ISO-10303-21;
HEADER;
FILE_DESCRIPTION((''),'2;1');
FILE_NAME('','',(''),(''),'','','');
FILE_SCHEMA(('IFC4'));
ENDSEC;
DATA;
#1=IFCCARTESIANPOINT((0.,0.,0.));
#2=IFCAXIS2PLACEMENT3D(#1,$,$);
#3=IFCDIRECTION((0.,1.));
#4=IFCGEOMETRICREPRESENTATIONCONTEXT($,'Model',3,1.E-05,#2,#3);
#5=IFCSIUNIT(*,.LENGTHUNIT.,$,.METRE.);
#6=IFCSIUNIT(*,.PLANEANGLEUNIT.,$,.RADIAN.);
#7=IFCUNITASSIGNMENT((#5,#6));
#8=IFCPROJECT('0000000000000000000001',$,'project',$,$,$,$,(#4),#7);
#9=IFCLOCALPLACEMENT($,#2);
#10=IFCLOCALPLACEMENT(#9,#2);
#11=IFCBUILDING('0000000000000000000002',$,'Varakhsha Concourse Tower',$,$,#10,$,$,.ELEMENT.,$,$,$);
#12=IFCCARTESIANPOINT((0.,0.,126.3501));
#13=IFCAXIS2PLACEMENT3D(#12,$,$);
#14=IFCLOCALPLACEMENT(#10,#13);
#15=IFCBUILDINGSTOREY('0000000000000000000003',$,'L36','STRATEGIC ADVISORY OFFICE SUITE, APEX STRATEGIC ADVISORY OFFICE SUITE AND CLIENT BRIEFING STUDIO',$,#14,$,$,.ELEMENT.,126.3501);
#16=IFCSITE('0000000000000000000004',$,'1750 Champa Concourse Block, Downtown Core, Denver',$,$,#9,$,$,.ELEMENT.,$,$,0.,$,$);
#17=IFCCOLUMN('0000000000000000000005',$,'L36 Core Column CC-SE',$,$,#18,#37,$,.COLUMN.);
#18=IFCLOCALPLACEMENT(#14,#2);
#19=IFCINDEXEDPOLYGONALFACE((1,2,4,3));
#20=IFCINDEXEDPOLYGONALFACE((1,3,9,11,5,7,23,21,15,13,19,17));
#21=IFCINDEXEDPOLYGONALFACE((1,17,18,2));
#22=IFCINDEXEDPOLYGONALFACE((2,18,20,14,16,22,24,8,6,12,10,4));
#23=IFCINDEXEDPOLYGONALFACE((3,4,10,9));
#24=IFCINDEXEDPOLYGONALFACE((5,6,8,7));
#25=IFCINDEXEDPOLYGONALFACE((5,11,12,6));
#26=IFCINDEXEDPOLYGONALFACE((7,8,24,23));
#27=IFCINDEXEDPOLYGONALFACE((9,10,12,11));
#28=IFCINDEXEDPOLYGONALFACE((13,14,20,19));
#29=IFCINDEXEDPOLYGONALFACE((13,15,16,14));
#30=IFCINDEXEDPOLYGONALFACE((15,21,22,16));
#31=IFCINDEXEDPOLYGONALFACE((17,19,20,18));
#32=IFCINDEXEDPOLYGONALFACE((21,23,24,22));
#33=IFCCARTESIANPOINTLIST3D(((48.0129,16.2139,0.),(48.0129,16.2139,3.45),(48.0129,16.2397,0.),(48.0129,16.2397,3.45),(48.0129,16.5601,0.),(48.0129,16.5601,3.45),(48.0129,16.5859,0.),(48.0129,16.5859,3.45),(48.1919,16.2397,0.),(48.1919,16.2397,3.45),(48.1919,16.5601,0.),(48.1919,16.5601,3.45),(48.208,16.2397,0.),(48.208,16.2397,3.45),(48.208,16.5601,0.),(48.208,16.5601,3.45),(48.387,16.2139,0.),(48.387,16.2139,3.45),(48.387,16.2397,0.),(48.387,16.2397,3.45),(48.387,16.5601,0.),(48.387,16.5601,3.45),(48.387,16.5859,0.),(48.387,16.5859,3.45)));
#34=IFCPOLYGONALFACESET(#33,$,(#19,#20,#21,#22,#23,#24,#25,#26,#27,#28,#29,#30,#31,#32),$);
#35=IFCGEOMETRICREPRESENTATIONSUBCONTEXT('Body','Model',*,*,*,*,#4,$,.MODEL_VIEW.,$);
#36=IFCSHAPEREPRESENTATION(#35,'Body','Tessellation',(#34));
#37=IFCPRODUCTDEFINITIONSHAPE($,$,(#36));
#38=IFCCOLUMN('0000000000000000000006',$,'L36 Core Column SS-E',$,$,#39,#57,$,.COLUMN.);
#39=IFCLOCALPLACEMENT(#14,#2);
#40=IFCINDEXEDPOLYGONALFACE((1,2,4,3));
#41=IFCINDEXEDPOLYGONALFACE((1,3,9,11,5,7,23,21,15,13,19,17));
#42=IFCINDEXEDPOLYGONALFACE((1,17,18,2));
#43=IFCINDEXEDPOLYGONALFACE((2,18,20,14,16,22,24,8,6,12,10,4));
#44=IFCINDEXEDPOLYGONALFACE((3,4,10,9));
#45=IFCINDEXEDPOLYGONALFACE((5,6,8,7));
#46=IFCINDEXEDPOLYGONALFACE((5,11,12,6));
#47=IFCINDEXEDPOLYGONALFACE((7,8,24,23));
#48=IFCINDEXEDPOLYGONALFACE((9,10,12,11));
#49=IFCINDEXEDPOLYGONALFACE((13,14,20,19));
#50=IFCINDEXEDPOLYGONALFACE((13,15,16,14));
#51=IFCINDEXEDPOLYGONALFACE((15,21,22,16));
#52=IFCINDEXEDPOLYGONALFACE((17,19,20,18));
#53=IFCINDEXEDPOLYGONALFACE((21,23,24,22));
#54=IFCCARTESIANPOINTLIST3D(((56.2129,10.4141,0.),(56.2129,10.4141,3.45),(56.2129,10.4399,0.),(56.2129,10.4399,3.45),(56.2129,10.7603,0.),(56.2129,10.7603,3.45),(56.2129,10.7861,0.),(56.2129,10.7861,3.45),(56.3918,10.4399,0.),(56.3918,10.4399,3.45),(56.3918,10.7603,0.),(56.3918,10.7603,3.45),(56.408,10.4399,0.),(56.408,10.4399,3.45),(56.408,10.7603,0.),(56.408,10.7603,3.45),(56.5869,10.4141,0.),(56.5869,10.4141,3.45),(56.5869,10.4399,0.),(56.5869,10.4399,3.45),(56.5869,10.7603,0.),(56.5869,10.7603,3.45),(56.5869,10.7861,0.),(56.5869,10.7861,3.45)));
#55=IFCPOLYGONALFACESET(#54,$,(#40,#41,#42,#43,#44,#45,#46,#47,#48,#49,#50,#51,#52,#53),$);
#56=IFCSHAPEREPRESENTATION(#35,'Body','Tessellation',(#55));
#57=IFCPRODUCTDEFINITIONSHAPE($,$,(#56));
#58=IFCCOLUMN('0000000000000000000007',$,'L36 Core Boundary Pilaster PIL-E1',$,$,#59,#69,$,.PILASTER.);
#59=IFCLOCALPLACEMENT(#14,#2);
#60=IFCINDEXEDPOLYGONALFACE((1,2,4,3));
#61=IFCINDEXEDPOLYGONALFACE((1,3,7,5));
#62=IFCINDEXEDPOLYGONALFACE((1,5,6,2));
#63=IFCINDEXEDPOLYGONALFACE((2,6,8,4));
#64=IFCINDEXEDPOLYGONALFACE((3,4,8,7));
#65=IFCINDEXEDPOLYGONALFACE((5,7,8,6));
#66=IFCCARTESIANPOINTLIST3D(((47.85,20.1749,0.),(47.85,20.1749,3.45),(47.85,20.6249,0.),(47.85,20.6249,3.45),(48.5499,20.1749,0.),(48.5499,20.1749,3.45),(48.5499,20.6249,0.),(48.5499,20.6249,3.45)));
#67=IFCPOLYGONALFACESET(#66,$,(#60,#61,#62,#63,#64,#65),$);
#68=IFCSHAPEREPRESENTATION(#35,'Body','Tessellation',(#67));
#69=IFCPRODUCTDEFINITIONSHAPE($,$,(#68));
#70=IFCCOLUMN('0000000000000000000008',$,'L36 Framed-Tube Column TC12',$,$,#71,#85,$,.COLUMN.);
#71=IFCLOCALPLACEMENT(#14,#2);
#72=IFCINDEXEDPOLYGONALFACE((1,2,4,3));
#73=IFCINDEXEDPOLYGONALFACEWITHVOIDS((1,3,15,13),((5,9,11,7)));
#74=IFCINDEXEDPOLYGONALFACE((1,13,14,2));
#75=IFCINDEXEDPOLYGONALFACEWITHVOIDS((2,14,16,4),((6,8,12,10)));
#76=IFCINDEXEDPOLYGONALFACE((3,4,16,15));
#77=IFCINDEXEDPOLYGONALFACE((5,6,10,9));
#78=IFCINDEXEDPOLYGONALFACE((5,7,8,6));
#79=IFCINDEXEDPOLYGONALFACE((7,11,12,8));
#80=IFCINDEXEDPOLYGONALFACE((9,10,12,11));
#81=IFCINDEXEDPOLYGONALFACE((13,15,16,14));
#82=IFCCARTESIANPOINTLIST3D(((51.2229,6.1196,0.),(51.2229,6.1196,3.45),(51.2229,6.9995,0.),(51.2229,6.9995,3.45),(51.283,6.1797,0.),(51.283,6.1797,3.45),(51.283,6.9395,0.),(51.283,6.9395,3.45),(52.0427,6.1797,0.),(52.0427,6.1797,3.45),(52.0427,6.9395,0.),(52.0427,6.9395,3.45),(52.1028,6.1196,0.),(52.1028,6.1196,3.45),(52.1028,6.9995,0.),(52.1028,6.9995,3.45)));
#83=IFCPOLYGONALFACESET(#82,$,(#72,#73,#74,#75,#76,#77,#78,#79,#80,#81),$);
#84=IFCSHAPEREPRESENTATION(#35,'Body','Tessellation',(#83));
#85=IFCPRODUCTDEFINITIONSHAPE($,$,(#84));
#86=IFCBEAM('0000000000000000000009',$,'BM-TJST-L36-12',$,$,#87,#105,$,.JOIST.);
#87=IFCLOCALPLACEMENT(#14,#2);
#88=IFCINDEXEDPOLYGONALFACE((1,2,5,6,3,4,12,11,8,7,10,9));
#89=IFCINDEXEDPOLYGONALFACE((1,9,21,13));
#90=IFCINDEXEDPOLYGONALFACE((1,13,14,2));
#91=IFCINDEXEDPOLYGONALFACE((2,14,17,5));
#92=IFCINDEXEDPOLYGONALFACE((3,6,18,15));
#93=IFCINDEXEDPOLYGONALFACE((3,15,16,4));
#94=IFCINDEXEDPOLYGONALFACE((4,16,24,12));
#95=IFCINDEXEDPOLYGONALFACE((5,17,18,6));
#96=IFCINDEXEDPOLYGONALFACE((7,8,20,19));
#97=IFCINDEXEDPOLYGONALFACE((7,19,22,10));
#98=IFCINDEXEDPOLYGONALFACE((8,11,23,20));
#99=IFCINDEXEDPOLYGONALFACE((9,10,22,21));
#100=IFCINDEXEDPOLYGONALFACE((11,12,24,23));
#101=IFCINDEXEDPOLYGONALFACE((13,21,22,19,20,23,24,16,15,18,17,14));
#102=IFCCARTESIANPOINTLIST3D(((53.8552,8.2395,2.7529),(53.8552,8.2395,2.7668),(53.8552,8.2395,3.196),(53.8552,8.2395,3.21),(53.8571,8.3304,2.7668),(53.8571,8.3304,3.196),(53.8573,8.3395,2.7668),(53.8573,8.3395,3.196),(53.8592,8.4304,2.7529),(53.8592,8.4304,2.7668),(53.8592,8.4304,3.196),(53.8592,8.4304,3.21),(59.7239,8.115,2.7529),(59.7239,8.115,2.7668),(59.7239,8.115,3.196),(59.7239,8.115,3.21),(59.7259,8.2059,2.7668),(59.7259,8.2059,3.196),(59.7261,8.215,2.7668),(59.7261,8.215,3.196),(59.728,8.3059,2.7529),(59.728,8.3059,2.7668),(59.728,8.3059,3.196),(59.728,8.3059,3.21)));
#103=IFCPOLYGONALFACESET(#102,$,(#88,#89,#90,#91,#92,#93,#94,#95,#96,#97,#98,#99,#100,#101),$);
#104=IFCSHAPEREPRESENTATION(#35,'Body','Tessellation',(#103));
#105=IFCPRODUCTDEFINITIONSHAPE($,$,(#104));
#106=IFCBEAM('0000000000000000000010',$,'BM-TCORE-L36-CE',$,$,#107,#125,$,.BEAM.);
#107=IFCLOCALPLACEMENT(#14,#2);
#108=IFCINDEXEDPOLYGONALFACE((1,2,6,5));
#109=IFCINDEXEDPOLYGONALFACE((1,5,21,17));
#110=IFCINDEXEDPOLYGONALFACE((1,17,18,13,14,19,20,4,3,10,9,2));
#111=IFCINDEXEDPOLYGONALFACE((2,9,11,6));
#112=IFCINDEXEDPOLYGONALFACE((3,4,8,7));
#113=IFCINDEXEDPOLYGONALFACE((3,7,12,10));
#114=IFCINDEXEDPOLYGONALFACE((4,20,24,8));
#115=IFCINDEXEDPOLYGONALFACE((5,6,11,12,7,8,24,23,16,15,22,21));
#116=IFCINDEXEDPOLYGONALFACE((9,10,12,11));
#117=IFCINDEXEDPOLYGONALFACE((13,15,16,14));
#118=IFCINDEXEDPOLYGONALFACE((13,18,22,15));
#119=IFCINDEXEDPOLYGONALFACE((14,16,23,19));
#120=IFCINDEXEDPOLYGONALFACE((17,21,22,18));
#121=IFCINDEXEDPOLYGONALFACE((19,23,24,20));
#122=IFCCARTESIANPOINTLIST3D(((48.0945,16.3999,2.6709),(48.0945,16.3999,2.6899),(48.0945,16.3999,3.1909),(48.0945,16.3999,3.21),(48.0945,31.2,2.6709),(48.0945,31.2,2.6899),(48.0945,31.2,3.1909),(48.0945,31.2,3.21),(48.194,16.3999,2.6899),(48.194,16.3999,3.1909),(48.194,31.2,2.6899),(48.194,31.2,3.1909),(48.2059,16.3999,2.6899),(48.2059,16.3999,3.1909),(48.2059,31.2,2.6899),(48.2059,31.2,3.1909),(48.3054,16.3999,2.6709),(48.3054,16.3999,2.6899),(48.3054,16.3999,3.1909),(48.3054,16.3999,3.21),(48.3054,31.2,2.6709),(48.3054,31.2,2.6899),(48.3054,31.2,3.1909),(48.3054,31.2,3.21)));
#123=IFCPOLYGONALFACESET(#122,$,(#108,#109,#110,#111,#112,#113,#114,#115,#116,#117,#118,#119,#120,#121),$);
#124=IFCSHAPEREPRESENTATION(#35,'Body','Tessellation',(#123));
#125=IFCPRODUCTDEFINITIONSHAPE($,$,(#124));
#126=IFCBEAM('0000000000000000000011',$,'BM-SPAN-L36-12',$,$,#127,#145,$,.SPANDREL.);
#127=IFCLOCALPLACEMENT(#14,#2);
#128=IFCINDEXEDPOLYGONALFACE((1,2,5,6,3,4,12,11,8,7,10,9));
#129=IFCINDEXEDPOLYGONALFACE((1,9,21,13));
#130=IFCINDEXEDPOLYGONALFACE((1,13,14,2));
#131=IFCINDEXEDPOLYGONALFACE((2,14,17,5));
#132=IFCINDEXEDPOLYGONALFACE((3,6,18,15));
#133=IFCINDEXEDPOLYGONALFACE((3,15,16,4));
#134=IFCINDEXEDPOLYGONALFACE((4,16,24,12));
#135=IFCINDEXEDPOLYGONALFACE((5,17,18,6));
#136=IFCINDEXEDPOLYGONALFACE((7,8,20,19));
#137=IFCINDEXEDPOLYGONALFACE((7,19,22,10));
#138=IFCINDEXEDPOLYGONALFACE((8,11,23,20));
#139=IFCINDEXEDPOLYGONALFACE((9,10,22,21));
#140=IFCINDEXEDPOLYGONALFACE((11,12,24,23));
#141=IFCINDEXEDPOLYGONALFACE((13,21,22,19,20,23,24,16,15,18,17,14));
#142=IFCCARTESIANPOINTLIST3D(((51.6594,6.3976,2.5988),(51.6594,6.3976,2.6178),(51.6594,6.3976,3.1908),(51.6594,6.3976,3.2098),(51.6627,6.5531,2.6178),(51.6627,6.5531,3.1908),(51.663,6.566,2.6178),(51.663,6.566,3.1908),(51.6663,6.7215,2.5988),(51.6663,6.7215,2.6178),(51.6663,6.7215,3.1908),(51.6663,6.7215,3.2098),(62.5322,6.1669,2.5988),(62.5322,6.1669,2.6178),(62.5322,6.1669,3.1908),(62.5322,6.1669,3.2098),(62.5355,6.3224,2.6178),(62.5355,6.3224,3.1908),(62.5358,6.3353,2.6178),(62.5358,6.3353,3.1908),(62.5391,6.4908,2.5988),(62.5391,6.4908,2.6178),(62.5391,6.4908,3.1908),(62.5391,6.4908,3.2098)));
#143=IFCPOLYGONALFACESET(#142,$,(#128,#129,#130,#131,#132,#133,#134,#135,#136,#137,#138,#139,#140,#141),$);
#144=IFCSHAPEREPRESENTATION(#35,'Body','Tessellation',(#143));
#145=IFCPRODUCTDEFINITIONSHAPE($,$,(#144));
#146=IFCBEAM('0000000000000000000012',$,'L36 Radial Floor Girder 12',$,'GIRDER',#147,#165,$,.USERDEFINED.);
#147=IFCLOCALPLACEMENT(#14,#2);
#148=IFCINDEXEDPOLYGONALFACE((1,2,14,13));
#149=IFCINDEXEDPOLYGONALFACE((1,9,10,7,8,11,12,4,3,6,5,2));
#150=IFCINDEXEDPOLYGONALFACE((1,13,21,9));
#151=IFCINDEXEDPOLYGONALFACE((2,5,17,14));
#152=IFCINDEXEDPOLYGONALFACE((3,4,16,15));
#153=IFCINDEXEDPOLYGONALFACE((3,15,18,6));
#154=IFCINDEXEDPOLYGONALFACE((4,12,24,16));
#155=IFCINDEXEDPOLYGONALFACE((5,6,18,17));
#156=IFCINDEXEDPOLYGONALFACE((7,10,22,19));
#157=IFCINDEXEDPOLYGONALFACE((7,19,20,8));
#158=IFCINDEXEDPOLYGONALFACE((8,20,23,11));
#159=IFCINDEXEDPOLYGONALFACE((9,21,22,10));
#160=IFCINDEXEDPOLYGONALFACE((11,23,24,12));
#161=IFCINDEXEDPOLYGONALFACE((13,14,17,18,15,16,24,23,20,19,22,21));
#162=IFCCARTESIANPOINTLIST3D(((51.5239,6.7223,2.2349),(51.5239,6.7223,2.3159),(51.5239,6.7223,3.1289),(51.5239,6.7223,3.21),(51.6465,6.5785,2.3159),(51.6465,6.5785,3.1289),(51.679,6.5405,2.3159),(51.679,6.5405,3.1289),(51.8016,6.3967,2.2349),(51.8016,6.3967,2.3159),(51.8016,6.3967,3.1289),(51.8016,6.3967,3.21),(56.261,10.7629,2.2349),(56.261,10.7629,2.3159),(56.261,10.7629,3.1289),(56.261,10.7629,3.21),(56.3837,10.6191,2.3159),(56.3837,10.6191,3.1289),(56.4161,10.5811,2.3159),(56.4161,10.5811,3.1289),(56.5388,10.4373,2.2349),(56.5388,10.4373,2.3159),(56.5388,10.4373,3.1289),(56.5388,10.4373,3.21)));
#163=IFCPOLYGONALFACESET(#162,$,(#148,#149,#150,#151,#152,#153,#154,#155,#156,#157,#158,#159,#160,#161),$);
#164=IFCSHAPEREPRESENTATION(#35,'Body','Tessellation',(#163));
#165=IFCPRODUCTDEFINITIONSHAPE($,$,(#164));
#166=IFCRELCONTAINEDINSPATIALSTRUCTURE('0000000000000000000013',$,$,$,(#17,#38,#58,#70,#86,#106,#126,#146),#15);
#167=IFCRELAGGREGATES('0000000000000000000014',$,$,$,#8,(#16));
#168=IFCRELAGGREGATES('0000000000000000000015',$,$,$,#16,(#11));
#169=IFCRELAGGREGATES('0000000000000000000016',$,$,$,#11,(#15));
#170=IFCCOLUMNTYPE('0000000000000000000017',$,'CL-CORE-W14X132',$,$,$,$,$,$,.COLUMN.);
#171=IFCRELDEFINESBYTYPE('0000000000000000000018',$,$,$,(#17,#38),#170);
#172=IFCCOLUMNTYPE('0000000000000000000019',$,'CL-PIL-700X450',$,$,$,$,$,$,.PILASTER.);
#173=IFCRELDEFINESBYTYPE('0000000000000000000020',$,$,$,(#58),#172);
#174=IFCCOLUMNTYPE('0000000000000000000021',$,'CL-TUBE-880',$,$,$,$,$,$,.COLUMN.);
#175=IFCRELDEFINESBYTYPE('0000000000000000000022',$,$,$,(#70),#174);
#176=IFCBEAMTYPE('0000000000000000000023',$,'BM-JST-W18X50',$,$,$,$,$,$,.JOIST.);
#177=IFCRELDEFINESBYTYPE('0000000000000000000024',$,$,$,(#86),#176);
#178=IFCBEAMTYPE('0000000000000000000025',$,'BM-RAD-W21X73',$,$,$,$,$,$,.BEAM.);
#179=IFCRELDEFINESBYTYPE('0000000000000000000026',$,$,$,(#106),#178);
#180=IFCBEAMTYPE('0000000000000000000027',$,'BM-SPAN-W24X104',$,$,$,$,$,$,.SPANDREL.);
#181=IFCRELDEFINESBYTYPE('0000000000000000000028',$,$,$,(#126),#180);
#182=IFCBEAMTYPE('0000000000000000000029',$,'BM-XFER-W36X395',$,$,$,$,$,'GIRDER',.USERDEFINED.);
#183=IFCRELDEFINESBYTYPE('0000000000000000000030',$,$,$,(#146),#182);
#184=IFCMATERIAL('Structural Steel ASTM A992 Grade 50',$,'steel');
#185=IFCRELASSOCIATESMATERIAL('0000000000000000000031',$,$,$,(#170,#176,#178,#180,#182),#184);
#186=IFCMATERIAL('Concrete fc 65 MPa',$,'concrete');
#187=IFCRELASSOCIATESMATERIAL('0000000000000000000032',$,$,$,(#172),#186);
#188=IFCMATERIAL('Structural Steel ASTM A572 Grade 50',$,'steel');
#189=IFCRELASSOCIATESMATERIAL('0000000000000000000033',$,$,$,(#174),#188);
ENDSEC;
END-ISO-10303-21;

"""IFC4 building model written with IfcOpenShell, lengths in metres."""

from ifc_helpers import new_model, si_unit, direction, frame, origin, origin_2d, place, context, subcontext, project, spatial, rectangle, hollow_rectangle, i_section, extrude, material, material_profile, profile_set, type_object, element, save


model = new_model("IFC4")

# Units and contexts
model_context = context("Model", 3, precision=1e-05, world=origin(), true_north=direction((0.0, 1.0)))
body_context = subcontext(model_context, "Body", "Model", "MODEL_VIEW")
ifc_project = project(units=[si_unit("LENGTHUNIT", "METRE"), si_unit("PLANEANGLEUNIT", "RADIAN")], contexts=[model_context])

# Site, building, storey
site_placement = place(None, origin())
site = spatial("IfcSite", under=ifc_project, at=site_placement, Name="1750 Champa Concourse Block, Downtown Core, Denver", CompositionType="ELEMENT", RefElevation=0.0)
building_placement = place(site_placement, origin())
building = spatial("IfcBuilding", under=site, at=building_placement, Name="Varakhsha Concourse Tower", CompositionType="ELEMENT")
storey_placement = place(building_placement, frame((0.0, 0.0, 126.3501)))
storey = spatial("IfcBuildingStorey", under=building, at=storey_placement, Name="L36", Description="STRATEGIC ADVISORY OFFICE SUITE, APEX STRATEGIC ADVISORY OFFICE SUITE AND CLIENT BRIEFING STUDIO", CompositionType="ELEMENT", Elevation=126.3501)

# Columns
ifc_material_1 = material(Name="Structural Steel ASTM A992 Grade 50", Category="steel")
ifc_material_profile_1 = material_profile(ifc_material_1, i_section(OverallWidth=0.374, OverallDepth=0.3721, WebThickness=0.0161, FlangeThickness=0.0259, at=origin_2d()), Name="W14X132")
ifc_profile_set_1 = profile_set([ifc_material_profile_1], Name="Structural Steel ASTM A992 Grade 50")
column_type_1 = type_object("IfcColumnType", Name="CL-CORE-W14X132", PredefinedType="COLUMN", material=ifc_profile_set_1)
for number, where, z_axis, x_axis, name in (
    (1, (48.2, 16.3999, 0.0), (0.0, 0.0, 1.0), (1.0, 0.0, 0.0), "L36 Core Column CC-SE"),
    (2, (56.3999, 10.6001, 0.0), (0.0, 0.0, 1.0), (1.0, 0.0, 0.0), "L36 Core Column SS-E"),
):
    element("IfcColumn", number, at=place(storey_placement, frame(where, z_axis=z_axis, x_axis=x_axis)), inside=storey, type_object=column_type_1, Name=name, PredefinedType="COLUMN", context=body_context, shape_type="SweptSolid", body=[
        extrude(i_section(OverallWidth=0.374, OverallDepth=0.3721, WebThickness=0.0161, FlangeThickness=0.0259, at=origin_2d()), origin(), (0.0, 0.0, 1.0), 3.45),
    ])
ifc_material_2 = material(Name="Concrete fc 65 MPa", Category="concrete")
ifc_material_profile_2 = material_profile(ifc_material_2, rectangle(XDim=0.7, YDim=0.45, at=origin_2d()), Name="RC 700x450")
ifc_profile_set_2 = profile_set([ifc_material_profile_2], Name="Concrete fc 65 MPa")
column_type_2 = type_object("IfcColumnType", Name="CL-PIL-700X450", PredefinedType="PILASTER", material=ifc_profile_set_2)
column_1_placement = place(storey_placement, frame((48.2, 20.3999, 0.0), z_axis=(0.0, 0.0, 1.0), x_axis=(1.0, 0.0, 0.0)))
element("IfcColumn", 3, at=column_1_placement, inside=storey, type_object=column_type_2, Name="L36 Core Boundary Pilaster PIL-E1", PredefinedType="PILASTER", context=body_context, shape_type="SweptSolid", body=[
    extrude(rectangle(XDim=0.7, YDim=0.45, at=origin_2d()), origin(), (0.0, 0.0, 1.0), 3.45),
])
ifc_material_3 = material(Name="Structural Steel ASTM A572 Grade 50", Category="steel")
ifc_material_profile_3 = material_profile(ifc_material_3, hollow_rectangle(XDim=0.8799, YDim=0.8799, WallThickness=0.0601, at=origin_2d()), Name="BOX 880x880x60")
ifc_profile_set_3 = profile_set([ifc_material_profile_3], Name="Structural Steel ASTM A572 Grade 50")
column_type_3 = type_object("IfcColumnType", Name="CL-TUBE-880", PredefinedType="COLUMN", material=ifc_profile_set_3)
column_2_placement = place(storey_placement, frame((51.6628, 6.5596, 0.0), z_axis=(0.0, 0.0, 1.0), x_axis=(1.0, 0.0, 0.0)))
element("IfcColumn", 4, at=column_2_placement, inside=storey, type_object=column_type_3, Name="L36 Framed-Tube Column TC12", PredefinedType="COLUMN", context=body_context, shape_type="SweptSolid", body=[
    extrude(hollow_rectangle(XDim=0.8799, YDim=0.8799, WallThickness=0.0601, at=origin_2d()), origin(), (0.0, 0.0, 1.0), 3.45),
])

# Beams
ifc_material_profile_4 = material_profile(ifc_material_1, i_section(OverallWidth=0.1909, OverallDepth=0.457, WebThickness=0.009, FlangeThickness=0.0139, at=origin_2d()), Name="W18X50")
ifc_profile_set_4 = profile_set([ifc_material_profile_4], Name="Structural Steel ASTM A992 Grade 50")
beam_type_1 = type_object("IfcBeamType", Name="BM-JST-W18X50", PredefinedType="JOIST", material=ifc_profile_set_4)
beam_1_placement = place(storey_placement, frame((53.8572, 8.335, 2.9814), z_axis=(0.999775, -0.021211, 0.0), x_axis=(0.021211, 0.999775, 0.0)))
element("IfcBeam", 5, at=beam_1_placement, inside=storey, type_object=beam_type_1, Name="BM-TJST-L36-12", PredefinedType="JOIST", context=body_context, shape_type="SweptSolid", body=[
    extrude(i_section(OverallWidth=0.1909, OverallDepth=0.457, WebThickness=0.009, FlangeThickness=0.0139, at=origin_2d()), origin(), (0.0, 0.0, 1.0), 5.8701),
])
ifc_material_profile_5 = material_profile(ifc_material_1, i_section(OverallWidth=0.2109, OverallDepth=0.5391, WebThickness=0.012, FlangeThickness=0.019, at=origin_2d()), Name="W21X73")
ifc_profile_set_5 = profile_set([ifc_material_profile_5], Name="Structural Steel ASTM A992 Grade 50")
beam_type_2 = type_object("IfcBeamType", Name="BM-RAD-W21X73", PredefinedType="BEAM", material=ifc_profile_set_5)
beam_2_placement = place(storey_placement, frame((48.2, 16.3999, 2.9404), z_axis=(0.0, 1.0, 0.0), x_axis=(-1.0, 0.0, 0.0)))
element("IfcBeam", 6, at=beam_2_placement, inside=storey, type_object=beam_type_2, Name="BM-TCORE-L36-CE", PredefinedType="BEAM", context=body_context, shape_type="SweptSolid", body=[
    extrude(i_section(OverallWidth=0.2109, OverallDepth=0.5391, WebThickness=0.012, FlangeThickness=0.019, at=origin_2d()), origin(), (0.0, 0.0, 1.0), 14.8),
])
ifc_material_profile_6 = material_profile(ifc_material_1, i_section(OverallWidth=0.324, OverallDepth=0.6111, WebThickness=0.0129, FlangeThickness=0.019, at=origin_2d()), Name="W24X104")
ifc_profile_set_6 = profile_set([ifc_material_profile_6], Name="Structural Steel ASTM A992 Grade 50")
beam_type_3 = type_object("IfcBeamType", Name="BM-SPAN-W24X104", PredefinedType="SPANDREL", material=ifc_profile_set_6)
beam_3_placement = place(storey_placement, frame((51.6628, 6.5596, 2.9043), z_axis=(0.999775, -0.021214, 0.0), x_axis=(0.021214, 0.999775, 0.0)))
element("IfcBeam", 7, at=beam_3_placement, inside=storey, type_object=beam_type_3, Name="BM-SPAN-L36-12", PredefinedType="SPANDREL", context=body_context, shape_type="SweptSolid", body=[
    extrude(i_section(OverallWidth=0.324, OverallDepth=0.6111, WebThickness=0.0129, FlangeThickness=0.019, at=origin_2d()), origin(), (0.0, 0.0, 1.0), 10.8752),
])
ifc_material_profile_7 = material_profile(ifc_material_1, i_section(OverallWidth=0.428, OverallDepth=0.9751, WebThickness=0.05, FlangeThickness=0.0811, at=origin_2d()), Name="W36X395")
ifc_profile_set_7 = profile_set([ifc_material_profile_7], Name="Structural Steel ASTM A992 Grade 50")
beam_type_4 = type_object("IfcBeamType", Name="BM-XFER-W36X395", ElementType="GIRDER", PredefinedType="USERDEFINED", material=ifc_profile_set_7)
beam_4_placement = place(storey_placement, frame((56.3999, 10.6001, 2.7224), z_axis=(-0.760827, -0.648955, 0.0), x_axis=(0.648955, -0.760827, 0.0)))
element("IfcBeam", 8, at=beam_4_placement, inside=storey, type_object=beam_type_4, Name="L36 Radial Floor Girder 12", ObjectType="GIRDER", PredefinedType="USERDEFINED", context=body_context, shape_type="SweptSolid", body=[
    extrude(i_section(OverallWidth=0.428, OverallDepth=0.9751, WebThickness=0.05, FlangeThickness=0.0811, at=origin_2d()), origin(), (0.0, 0.0, 1.0), 6.2263),
])

save(model, "model.ifc")
